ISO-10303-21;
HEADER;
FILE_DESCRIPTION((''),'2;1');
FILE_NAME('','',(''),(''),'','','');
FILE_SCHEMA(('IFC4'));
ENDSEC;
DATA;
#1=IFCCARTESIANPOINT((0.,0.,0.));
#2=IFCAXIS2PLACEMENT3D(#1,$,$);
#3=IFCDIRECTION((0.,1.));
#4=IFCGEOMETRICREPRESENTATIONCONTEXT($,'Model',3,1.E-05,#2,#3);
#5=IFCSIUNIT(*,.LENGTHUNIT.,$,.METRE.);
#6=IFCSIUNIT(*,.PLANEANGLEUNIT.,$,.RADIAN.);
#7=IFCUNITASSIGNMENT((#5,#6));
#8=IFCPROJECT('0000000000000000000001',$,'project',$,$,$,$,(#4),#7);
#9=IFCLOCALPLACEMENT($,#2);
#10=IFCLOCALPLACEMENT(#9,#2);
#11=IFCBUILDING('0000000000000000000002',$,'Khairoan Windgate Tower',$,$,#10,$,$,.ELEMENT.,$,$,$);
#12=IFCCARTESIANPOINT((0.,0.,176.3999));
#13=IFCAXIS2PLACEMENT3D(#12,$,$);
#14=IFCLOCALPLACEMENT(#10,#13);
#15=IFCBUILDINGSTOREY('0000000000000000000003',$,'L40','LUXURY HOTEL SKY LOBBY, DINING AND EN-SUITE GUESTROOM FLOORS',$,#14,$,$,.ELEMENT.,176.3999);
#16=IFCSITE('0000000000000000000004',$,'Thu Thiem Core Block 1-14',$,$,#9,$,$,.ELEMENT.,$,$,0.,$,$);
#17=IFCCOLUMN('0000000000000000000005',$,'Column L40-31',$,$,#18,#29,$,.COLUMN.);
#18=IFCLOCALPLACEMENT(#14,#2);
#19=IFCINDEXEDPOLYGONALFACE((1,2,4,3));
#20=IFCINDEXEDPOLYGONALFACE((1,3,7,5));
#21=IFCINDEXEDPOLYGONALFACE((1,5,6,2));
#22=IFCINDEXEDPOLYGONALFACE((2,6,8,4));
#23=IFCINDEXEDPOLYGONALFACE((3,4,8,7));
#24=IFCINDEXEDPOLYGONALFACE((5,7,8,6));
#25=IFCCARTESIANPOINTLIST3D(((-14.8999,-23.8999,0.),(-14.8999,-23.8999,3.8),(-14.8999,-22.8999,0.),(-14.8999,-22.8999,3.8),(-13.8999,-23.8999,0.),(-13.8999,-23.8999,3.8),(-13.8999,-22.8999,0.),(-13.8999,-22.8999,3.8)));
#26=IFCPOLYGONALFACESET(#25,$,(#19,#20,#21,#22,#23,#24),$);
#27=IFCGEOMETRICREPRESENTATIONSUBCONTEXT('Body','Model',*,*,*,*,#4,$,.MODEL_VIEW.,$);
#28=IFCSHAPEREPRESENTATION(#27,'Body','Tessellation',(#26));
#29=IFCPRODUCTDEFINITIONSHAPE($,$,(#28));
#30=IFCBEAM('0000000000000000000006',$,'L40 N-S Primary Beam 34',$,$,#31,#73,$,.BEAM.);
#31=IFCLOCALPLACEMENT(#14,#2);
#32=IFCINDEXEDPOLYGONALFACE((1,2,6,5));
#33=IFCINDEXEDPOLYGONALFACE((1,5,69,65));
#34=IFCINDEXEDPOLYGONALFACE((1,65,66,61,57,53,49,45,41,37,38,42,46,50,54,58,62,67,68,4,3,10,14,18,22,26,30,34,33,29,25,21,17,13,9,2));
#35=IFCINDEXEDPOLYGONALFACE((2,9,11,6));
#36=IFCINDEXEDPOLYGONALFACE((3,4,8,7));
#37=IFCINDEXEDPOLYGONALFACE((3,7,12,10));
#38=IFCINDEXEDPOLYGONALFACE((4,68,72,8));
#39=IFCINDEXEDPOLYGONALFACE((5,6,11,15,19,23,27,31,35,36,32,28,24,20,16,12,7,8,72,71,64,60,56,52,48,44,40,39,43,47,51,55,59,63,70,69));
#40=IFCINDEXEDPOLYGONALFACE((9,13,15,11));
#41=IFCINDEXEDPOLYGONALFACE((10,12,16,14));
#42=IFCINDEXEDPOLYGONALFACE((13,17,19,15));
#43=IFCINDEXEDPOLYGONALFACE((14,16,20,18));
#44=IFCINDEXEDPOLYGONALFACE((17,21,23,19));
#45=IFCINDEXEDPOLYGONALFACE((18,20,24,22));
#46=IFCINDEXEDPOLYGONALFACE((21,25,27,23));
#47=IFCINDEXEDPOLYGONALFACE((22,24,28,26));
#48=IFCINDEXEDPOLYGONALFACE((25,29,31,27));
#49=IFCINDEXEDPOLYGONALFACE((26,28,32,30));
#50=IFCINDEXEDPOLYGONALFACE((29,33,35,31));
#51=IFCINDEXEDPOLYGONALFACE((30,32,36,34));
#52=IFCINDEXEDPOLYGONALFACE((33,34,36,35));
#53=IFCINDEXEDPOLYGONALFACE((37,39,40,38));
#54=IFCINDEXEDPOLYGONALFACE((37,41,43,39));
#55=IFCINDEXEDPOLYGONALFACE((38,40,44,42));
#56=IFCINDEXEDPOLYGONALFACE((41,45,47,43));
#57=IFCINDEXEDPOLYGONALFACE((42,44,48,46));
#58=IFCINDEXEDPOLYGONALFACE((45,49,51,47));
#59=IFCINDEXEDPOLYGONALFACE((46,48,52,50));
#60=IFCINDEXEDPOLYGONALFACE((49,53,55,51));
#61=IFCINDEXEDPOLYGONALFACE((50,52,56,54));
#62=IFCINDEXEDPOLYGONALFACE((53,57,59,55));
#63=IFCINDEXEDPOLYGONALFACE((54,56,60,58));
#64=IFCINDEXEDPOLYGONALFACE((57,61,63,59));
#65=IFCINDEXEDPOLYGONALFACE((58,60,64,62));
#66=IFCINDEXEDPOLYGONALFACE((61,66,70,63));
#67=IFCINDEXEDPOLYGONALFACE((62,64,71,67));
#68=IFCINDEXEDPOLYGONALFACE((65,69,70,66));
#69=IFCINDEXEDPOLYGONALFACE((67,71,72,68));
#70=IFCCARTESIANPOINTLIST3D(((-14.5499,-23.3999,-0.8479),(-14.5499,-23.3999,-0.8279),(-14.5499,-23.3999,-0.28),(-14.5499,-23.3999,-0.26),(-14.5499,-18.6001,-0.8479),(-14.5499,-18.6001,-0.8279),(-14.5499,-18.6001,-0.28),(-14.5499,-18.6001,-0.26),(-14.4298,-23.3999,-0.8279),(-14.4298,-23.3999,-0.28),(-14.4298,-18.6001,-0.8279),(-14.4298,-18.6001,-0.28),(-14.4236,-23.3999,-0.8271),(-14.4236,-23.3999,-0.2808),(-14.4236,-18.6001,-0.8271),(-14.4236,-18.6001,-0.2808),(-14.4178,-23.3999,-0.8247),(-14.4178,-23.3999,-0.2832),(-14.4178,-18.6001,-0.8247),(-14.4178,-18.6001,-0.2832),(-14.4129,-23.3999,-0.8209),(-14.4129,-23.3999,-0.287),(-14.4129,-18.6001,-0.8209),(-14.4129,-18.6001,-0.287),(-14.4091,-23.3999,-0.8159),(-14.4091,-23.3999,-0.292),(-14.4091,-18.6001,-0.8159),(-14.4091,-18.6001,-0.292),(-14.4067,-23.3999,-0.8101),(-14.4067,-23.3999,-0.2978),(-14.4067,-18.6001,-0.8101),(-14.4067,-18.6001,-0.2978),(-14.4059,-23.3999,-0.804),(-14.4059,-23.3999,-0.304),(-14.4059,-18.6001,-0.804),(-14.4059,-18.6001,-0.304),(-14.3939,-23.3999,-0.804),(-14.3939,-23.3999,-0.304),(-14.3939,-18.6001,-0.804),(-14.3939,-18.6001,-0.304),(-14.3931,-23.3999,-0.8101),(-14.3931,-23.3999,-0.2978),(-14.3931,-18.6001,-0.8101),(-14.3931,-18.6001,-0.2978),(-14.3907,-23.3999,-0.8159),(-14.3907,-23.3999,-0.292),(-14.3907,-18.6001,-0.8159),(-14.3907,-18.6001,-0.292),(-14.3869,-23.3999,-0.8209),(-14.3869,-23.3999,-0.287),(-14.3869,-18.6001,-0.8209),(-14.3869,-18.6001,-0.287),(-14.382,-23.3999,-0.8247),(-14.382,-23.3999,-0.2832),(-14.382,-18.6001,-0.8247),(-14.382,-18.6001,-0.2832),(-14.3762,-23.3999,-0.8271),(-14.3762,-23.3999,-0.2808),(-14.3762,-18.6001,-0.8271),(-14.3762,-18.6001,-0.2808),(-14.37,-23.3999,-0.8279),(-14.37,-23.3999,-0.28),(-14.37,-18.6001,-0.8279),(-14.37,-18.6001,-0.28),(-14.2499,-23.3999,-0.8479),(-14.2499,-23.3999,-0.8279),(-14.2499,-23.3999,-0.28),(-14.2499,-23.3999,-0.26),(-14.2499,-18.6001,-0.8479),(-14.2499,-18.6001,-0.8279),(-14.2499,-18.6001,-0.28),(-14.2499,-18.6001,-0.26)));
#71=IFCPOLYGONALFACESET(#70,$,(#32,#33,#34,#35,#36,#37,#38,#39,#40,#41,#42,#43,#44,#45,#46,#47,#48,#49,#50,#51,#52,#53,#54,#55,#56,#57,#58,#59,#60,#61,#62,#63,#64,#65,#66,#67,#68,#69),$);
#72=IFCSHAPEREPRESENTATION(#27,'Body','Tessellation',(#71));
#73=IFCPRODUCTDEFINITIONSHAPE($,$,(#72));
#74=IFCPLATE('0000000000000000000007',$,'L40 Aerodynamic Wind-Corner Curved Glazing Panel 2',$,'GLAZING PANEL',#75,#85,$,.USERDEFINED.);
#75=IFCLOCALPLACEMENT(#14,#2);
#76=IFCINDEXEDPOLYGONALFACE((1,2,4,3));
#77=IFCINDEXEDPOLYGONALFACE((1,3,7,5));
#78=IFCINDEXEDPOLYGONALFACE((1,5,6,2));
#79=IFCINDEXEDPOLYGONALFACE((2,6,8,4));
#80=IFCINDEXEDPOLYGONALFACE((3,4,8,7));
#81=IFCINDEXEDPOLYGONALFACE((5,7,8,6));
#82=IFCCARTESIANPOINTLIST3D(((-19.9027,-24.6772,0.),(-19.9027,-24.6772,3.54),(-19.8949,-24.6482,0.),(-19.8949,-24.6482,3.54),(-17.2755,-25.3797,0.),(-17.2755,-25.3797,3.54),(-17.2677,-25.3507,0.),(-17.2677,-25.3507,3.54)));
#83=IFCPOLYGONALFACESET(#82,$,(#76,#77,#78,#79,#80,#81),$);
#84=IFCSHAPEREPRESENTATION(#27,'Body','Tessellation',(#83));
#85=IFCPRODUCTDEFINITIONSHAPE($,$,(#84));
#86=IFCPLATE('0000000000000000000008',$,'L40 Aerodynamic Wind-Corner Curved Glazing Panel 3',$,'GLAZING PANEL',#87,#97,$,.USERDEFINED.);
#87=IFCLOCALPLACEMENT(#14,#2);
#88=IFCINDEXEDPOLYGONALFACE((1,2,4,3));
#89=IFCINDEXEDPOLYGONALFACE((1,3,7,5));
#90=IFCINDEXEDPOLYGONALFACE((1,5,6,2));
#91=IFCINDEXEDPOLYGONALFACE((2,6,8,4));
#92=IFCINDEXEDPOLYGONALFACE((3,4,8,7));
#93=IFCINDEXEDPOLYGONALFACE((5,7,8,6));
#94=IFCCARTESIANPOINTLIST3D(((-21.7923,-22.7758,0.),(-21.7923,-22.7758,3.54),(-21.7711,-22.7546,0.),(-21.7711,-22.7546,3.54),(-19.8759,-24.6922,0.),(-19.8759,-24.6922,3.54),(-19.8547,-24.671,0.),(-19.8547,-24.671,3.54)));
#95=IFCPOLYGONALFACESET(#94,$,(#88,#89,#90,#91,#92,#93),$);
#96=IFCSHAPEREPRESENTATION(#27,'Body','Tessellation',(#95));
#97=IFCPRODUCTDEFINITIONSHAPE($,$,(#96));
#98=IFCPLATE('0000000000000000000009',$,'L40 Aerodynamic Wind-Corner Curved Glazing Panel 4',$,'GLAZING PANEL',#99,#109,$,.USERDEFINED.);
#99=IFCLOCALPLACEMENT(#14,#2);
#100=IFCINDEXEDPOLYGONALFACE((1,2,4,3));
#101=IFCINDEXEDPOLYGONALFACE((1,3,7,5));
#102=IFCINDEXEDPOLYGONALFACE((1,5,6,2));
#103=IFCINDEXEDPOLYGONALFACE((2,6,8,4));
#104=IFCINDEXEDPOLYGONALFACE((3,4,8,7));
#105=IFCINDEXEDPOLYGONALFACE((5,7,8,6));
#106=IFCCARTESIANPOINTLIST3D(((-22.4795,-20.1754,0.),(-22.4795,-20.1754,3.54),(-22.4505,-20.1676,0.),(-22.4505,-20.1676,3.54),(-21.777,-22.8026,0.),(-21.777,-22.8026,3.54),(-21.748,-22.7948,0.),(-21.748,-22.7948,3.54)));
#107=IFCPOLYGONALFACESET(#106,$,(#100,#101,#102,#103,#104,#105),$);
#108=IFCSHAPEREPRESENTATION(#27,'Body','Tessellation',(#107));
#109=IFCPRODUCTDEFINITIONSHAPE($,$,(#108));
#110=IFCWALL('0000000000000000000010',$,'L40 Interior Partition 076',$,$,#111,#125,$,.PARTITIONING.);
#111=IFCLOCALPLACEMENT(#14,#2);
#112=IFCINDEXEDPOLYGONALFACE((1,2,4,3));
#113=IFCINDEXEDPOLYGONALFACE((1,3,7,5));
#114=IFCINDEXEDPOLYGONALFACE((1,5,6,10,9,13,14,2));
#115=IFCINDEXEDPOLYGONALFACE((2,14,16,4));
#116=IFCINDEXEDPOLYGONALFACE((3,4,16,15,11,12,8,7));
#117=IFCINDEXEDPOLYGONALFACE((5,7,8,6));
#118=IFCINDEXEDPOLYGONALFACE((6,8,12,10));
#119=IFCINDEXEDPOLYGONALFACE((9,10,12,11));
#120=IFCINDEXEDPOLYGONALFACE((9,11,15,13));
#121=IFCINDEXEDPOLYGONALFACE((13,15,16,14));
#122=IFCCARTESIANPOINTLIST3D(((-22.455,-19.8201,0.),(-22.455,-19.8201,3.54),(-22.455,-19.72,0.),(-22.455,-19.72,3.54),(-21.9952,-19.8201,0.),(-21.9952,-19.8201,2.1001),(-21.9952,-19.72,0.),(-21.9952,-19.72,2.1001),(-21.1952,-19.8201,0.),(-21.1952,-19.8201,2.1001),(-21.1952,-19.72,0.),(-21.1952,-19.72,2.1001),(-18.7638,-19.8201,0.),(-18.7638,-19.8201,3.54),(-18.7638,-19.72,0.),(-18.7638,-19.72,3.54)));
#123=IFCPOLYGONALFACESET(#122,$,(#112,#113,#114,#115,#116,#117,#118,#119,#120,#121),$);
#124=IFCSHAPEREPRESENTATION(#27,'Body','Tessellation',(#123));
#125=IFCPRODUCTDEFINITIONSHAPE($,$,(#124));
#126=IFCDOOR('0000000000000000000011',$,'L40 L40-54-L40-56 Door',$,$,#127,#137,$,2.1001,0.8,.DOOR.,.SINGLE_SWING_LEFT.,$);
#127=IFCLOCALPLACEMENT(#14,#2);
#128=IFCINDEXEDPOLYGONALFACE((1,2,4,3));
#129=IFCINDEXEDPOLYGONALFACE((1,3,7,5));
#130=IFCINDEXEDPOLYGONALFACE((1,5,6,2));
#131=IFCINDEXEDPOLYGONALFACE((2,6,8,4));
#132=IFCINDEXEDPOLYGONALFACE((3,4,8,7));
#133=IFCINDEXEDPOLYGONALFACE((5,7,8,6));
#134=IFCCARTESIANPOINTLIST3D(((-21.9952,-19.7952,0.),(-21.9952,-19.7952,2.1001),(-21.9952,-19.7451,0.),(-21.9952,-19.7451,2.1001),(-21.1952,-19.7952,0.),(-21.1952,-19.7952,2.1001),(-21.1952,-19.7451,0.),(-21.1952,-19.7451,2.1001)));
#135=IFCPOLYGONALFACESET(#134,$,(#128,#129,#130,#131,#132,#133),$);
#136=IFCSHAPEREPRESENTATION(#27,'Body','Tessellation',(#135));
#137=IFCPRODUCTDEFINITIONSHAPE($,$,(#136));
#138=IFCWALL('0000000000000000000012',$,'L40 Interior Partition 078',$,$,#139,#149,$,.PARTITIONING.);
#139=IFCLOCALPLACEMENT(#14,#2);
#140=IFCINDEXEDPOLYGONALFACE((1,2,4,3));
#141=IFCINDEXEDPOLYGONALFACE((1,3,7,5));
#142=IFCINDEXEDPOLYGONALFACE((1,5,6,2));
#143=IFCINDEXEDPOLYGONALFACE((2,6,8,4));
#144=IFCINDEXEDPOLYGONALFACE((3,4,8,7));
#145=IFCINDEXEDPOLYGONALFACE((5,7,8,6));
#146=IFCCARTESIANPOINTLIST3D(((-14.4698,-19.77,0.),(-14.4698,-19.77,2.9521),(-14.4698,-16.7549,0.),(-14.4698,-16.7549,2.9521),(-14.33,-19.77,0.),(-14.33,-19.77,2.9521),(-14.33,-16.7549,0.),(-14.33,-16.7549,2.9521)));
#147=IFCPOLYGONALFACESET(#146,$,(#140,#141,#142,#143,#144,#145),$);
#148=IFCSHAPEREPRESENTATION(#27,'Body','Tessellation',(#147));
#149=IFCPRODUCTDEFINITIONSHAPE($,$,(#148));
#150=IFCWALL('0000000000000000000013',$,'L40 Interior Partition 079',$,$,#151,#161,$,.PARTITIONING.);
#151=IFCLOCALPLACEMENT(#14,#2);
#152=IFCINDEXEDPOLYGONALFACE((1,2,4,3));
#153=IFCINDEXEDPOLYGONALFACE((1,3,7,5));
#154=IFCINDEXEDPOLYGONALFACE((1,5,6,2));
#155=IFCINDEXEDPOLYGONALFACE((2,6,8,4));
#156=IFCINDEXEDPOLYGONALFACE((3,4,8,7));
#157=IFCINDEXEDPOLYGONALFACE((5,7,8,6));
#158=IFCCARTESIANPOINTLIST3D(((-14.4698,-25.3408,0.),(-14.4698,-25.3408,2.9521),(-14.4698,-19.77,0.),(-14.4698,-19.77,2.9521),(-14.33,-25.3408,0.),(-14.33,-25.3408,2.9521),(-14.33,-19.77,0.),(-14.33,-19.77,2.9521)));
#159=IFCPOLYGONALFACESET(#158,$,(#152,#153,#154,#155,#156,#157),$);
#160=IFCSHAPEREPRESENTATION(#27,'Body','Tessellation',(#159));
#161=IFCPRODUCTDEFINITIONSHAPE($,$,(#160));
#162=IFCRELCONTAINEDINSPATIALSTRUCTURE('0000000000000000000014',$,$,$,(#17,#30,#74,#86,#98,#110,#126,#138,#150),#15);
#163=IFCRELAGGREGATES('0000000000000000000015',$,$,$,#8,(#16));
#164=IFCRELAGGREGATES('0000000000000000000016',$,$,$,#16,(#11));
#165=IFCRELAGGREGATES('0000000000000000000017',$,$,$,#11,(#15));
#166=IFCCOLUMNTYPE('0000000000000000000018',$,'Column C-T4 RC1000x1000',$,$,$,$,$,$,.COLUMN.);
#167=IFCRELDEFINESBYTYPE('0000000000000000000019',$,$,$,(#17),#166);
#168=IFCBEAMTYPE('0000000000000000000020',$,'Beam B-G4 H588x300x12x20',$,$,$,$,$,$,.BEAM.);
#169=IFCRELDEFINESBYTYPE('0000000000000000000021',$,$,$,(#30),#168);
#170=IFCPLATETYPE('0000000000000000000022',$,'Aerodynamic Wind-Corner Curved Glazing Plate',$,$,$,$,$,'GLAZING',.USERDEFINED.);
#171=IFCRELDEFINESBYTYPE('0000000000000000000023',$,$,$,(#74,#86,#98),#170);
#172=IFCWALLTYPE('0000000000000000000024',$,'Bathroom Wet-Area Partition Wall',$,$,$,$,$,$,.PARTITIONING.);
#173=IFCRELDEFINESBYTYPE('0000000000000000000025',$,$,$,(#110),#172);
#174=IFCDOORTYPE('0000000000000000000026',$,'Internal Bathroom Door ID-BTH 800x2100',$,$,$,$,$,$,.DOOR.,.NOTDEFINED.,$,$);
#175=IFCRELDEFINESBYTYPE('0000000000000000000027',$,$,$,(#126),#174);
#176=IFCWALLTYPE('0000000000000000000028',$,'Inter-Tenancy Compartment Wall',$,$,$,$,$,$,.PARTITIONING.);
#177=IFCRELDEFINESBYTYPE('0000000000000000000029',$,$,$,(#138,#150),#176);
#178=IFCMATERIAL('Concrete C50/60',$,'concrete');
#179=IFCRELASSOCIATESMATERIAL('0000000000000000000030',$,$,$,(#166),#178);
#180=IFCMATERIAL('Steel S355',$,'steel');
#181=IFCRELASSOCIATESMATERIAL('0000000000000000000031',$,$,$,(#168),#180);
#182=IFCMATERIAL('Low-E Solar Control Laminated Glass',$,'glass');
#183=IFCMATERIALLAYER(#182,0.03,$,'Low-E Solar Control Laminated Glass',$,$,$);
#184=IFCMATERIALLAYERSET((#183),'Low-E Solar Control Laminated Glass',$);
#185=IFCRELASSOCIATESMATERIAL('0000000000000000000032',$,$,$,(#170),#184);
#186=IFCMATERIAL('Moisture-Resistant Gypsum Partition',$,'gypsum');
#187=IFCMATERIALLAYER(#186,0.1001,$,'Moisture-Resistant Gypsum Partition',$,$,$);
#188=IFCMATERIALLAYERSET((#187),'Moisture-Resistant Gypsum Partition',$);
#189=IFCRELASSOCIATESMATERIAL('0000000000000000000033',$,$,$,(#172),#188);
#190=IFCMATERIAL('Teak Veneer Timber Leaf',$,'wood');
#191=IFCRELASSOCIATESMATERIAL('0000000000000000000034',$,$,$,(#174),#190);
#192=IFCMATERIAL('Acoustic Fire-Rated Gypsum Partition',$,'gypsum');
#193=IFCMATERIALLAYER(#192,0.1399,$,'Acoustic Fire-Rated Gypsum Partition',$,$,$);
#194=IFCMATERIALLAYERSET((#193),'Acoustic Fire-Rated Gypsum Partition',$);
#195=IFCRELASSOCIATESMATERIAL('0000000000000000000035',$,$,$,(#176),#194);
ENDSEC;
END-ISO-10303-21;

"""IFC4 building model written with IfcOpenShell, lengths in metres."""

from ifc_helpers import new_model, si_unit, direction, frame, frame_2d, origin, origin_2d, place, context, subcontext, project, spatial, rectangle, i_section, extrude, material, layer, layer_set, material_profile, profile_set, type_object, element, fill, save


model = new_model("IFC4")

# Units and contexts
model_context = context("Model", 3, precision=1e-05, world=origin(), true_north=direction((0.0, 1.0)))
body_context = subcontext(model_context, "Body", "Model", "MODEL_VIEW")
ifc_project = project(units=[si_unit("LENGTHUNIT", "METRE"), si_unit("PLANEANGLEUNIT", "RADIAN")], contexts=[model_context])

# Site, building, storey
site_placement = place(None, origin())
site = spatial("IfcSite", under=ifc_project, at=site_placement, Name="Thu Thiem Core Block 1-14", CompositionType="ELEMENT", RefElevation=0.0)
building_placement = place(site_placement, origin())
building = spatial("IfcBuilding", under=site, at=building_placement, Name="Khairoan Windgate Tower", CompositionType="ELEMENT")
storey_placement = place(building_placement, frame((0.0, 0.0, 176.3999)))
storey = spatial("IfcBuildingStorey", under=building, at=storey_placement, Name="L40", Description="LUXURY HOTEL SKY LOBBY, DINING AND EN-SUITE GUESTROOM FLOORS", CompositionType="ELEMENT", Elevation=176.3999)

# Column
ifc_material_1 = material(Name="Concrete C50/60", Category="concrete")
ifc_material_profile_1 = material_profile(ifc_material_1, rectangle(XDim=1.0, YDim=1.0, at=origin_2d()))
ifc_profile_set_1 = profile_set([ifc_material_profile_1], Name="Concrete C50/60")
column_type = type_object("IfcColumnType", Name="Column C-T4 RC1000x1000", PredefinedType="COLUMN", material=ifc_profile_set_1)
column_placement = place(storey_placement, frame((-14.3999, -23.3999, 0.0), z_axis=(0.0, 0.0, 1.0), x_axis=(1.0, 0.0, 0.0)))
element("IfcColumn", 1, at=column_placement, inside=storey, type_object=column_type, Name="Column L40-31", PredefinedType="COLUMN", context=body_context, shape_type="SweptSolid", body=[
    extrude(rectangle(XDim=1.0, YDim=1.0, at=origin_2d()), origin(), (0.0, 0.0, 1.0), 3.8),
])

# Beam
ifc_material_2 = material(Name="Steel S355", Category="steel")
ifc_material_profile_2 = material_profile(ifc_material_2, i_section(OverallWidth=0.3, OverallDepth=0.5879, WebThickness=0.012, FlangeThickness=0.02, FilletRadius=0.0239, at=origin_2d()))
ifc_profile_set_2 = profile_set([ifc_material_profile_2], Name="Steel S355")
beam_type = type_object("IfcBeamType", Name="Beam B-G4 H588x300x12x20", PredefinedType="BEAM", material=ifc_profile_set_2)
beam_placement = place(storey_placement, frame((-14.3999, -23.3999, -0.554), z_axis=(0.0, 1.0, 0.0), x_axis=(-1.0, 0.0, 0.0)))
element("IfcBeam", 2, at=beam_placement, inside=storey, type_object=beam_type, Name="L40 N-S Primary Beam 34", PredefinedType="BEAM", context=body_context, shape_type="SweptSolid", body=[
    extrude(i_section(OverallWidth=0.3, OverallDepth=0.5879, WebThickness=0.012, FlangeThickness=0.02, FilletRadius=0.0239, at=origin_2d()), origin(), (0.0, 0.0, 1.0), 4.7998),
])

# Plates
ifc_material_3 = material(Name="Low-E Solar Control Laminated Glass", Category="glass")
ifc_layer_1 = layer(ifc_material_3, 0.03, Name="Low-E Solar Control Laminated Glass")
ifc_layer_set_1 = layer_set([ifc_layer_1], Name="Low-E Solar Control Laminated Glass")
plate_type_1 = type_object("IfcPlateType", Name="Aerodynamic Wind-Corner Curved Glazing Plate", ElementType="GLAZING", PredefinedType="USERDEFINED", material=ifc_layer_set_1)
plate_1_placement = place(storey_placement, frame((-18.5852, -25.0139, 0.0), z_axis=(0.0, 0.0, 1.0), x_axis=(-0.966061, 0.258313, 0.0)))
element("IfcPlate", 3, at=plate_1_placement, inside=storey, type_object=plate_type_1, Name="L40 Aerodynamic Wind-Corner Curved Glazing Panel 2", ObjectType="GLAZING PANEL", PredefinedType="USERDEFINED", context=body_context, shape_type="SweptSolid", body=[
    extrude(rectangle(XDim=2.7195, YDim=0.03, at=origin_2d()), origin(), (0.0, 0.0, 1.0), 3.54),
])
plate_2_placement = place(storey_placement, frame((-20.8235, -23.7234, 0.0), z_axis=(0.0, 0.0, 1.0), x_axis=(-0.707107, 0.707107, 0.0)))
element("IfcPlate", 4, at=plate_2_placement, inside=storey, type_object=plate_type_1, Name="L40 Aerodynamic Wind-Corner Curved Glazing Panel 3", ObjectType="GLAZING PANEL", PredefinedType="USERDEFINED", context=body_context, shape_type="SweptSolid", body=[
    extrude(rectangle(XDim=2.7102, YDim=0.03, at=origin_2d()), origin(), (0.0, 0.0, 1.0), 3.54),
])
plate_3_placement = place(storey_placement, frame((-22.1138, -21.4851, 0.0), z_axis=(0.0, 0.0, 1.0), x_axis=(-0.258313, 0.966061, 0.0)))
element("IfcPlate", 5, at=plate_3_placement, inside=storey, type_object=plate_type_1, Name="L40 Aerodynamic Wind-Corner Curved Glazing Panel 4", ObjectType="GLAZING PANEL", PredefinedType="USERDEFINED", context=body_context, shape_type="SweptSolid", body=[
    extrude(rectangle(XDim=2.7195, YDim=0.03, at=origin_2d()), origin(), (0.0, 0.0, 1.0), 3.54),
])

# Wall, opening, door
ifc_material_4 = material(Name="Moisture-Resistant Gypsum Partition", Category="gypsum")
ifc_layer_2 = layer(ifc_material_4, 0.1001, Name="Moisture-Resistant Gypsum Partition")
ifc_layer_set_2 = layer_set([ifc_layer_2], Name="Moisture-Resistant Gypsum Partition")
wall_type_1 = type_object("IfcWallType", Name="Bathroom Wet-Area Partition Wall", PredefinedType="PARTITIONING", material=ifc_layer_set_2)
wall_1_placement = place(storey_placement, frame((-22.4551, -19.77, 0.0), z_axis=(0.0, 0.0, 1.0), x_axis=(1.0, 0.0, 0.0)))
wall_1 = element("IfcWall", 6, at=wall_1_placement, inside=storey, type_object=wall_type_1, Name="L40 Interior Partition 076", PredefinedType="PARTITIONING", context=body_context, shape_type="SweptSolid", body=[
    extrude(rectangle(XDim=3.6912, YDim=0.1001, at=frame_2d((1.8457, 0.0))), origin(), (0.0, 0.0, 1.0), 3.54),
])
opening_1_placement = place(wall_1_placement, frame((0.46, 0.0, 0.0)))
opening_1 = element("IfcOpeningElement", 7, at=opening_1_placement, cuts=wall_1, PredefinedType="OPENING", context=body_context, shape_type="SweptSolid", body=[
    extrude(rectangle(XDim=0.8, YDim=2.1001, at=frame_2d((0.3999, 1.05))), frame((0.0, 0.0601, 0.0), z_axis=(0.0, -1.0, 0.0), x_axis=(1.0, 0.0, 0.0)), (0.0, 0.0, 1.0), 0.1201),
])
ifc_material_5 = material(Name="Teak Veneer Timber Leaf", Category="wood")
door_type_1 = type_object("IfcDoorType", Name="Internal Bathroom Door ID-BTH 800x2100", OperationType="NOTDEFINED", PredefinedType="DOOR", material=ifc_material_5)
door_1_placement = place(opening_1_placement, origin())
door_1 = element("IfcDoor", 8, at=door_1_placement, inside=storey, type_object=door_type_1, Name="L40 L40-54-L40-56 Door", OperationType="SINGLE_SWING_LEFT", OverallHeight=2.1001, OverallWidth=0.8, PredefinedType="DOOR", context=body_context, shape_type="SweptSolid", body=[
    extrude(rectangle(XDim=0.8, YDim=2.1001, at=frame_2d((0.3999, 1.05))), frame((0.0, 0.0249, 0.0), z_axis=(0.0, -1.0, 0.0), x_axis=(1.0, 0.0, 0.0)), (0.0, 0.0, 1.0), 0.05),
])
fill(opening_1, door_1)

# Walls
ifc_material_6 = material(Name="Acoustic Fire-Rated Gypsum Partition", Category="gypsum")
ifc_layer_3 = layer(ifc_material_6, 0.1399, Name="Acoustic Fire-Rated Gypsum Partition")
ifc_layer_set_3 = layer_set([ifc_layer_3], Name="Acoustic Fire-Rated Gypsum Partition")
wall_type_2 = type_object("IfcWallType", Name="Inter-Tenancy Compartment Wall", PredefinedType="PARTITIONING", material=ifc_layer_set_3)
wall_2_placement = place(storey_placement, frame((-14.3999, -19.77, 0.0), z_axis=(0.0, 0.0, 1.0), x_axis=(0.0, 1.0, 0.0)))
element("IfcWall", 9, at=wall_2_placement, inside=storey, type_object=wall_type_2, Name="L40 Interior Partition 078", PredefinedType="PARTITIONING", context=body_context, shape_type="SweptSolid", body=[
    extrude(rectangle(XDim=3.0151, YDim=0.1399, at=frame_2d((1.5076, 0.0))), origin(), (0.0, 0.0, 1.0), 2.9521),
])
wall_3_placement = place(storey_placement, frame((-14.3999, -25.3408, 0.0), z_axis=(0.0, 0.0, 1.0), x_axis=(0.0, 1.0, 0.0)))
element("IfcWall", 10, at=wall_3_placement, inside=storey, type_object=wall_type_2, Name="L40 Interior Partition 079", PredefinedType="PARTITIONING", context=body_context, shape_type="SweptSolid", body=[
    extrude(rectangle(XDim=5.5708, YDim=0.1399, at=frame_2d((2.7854, 0.0))), origin(), (0.0, 0.0, 1.0), 2.9521),
])

save(model, "model.ifc")
